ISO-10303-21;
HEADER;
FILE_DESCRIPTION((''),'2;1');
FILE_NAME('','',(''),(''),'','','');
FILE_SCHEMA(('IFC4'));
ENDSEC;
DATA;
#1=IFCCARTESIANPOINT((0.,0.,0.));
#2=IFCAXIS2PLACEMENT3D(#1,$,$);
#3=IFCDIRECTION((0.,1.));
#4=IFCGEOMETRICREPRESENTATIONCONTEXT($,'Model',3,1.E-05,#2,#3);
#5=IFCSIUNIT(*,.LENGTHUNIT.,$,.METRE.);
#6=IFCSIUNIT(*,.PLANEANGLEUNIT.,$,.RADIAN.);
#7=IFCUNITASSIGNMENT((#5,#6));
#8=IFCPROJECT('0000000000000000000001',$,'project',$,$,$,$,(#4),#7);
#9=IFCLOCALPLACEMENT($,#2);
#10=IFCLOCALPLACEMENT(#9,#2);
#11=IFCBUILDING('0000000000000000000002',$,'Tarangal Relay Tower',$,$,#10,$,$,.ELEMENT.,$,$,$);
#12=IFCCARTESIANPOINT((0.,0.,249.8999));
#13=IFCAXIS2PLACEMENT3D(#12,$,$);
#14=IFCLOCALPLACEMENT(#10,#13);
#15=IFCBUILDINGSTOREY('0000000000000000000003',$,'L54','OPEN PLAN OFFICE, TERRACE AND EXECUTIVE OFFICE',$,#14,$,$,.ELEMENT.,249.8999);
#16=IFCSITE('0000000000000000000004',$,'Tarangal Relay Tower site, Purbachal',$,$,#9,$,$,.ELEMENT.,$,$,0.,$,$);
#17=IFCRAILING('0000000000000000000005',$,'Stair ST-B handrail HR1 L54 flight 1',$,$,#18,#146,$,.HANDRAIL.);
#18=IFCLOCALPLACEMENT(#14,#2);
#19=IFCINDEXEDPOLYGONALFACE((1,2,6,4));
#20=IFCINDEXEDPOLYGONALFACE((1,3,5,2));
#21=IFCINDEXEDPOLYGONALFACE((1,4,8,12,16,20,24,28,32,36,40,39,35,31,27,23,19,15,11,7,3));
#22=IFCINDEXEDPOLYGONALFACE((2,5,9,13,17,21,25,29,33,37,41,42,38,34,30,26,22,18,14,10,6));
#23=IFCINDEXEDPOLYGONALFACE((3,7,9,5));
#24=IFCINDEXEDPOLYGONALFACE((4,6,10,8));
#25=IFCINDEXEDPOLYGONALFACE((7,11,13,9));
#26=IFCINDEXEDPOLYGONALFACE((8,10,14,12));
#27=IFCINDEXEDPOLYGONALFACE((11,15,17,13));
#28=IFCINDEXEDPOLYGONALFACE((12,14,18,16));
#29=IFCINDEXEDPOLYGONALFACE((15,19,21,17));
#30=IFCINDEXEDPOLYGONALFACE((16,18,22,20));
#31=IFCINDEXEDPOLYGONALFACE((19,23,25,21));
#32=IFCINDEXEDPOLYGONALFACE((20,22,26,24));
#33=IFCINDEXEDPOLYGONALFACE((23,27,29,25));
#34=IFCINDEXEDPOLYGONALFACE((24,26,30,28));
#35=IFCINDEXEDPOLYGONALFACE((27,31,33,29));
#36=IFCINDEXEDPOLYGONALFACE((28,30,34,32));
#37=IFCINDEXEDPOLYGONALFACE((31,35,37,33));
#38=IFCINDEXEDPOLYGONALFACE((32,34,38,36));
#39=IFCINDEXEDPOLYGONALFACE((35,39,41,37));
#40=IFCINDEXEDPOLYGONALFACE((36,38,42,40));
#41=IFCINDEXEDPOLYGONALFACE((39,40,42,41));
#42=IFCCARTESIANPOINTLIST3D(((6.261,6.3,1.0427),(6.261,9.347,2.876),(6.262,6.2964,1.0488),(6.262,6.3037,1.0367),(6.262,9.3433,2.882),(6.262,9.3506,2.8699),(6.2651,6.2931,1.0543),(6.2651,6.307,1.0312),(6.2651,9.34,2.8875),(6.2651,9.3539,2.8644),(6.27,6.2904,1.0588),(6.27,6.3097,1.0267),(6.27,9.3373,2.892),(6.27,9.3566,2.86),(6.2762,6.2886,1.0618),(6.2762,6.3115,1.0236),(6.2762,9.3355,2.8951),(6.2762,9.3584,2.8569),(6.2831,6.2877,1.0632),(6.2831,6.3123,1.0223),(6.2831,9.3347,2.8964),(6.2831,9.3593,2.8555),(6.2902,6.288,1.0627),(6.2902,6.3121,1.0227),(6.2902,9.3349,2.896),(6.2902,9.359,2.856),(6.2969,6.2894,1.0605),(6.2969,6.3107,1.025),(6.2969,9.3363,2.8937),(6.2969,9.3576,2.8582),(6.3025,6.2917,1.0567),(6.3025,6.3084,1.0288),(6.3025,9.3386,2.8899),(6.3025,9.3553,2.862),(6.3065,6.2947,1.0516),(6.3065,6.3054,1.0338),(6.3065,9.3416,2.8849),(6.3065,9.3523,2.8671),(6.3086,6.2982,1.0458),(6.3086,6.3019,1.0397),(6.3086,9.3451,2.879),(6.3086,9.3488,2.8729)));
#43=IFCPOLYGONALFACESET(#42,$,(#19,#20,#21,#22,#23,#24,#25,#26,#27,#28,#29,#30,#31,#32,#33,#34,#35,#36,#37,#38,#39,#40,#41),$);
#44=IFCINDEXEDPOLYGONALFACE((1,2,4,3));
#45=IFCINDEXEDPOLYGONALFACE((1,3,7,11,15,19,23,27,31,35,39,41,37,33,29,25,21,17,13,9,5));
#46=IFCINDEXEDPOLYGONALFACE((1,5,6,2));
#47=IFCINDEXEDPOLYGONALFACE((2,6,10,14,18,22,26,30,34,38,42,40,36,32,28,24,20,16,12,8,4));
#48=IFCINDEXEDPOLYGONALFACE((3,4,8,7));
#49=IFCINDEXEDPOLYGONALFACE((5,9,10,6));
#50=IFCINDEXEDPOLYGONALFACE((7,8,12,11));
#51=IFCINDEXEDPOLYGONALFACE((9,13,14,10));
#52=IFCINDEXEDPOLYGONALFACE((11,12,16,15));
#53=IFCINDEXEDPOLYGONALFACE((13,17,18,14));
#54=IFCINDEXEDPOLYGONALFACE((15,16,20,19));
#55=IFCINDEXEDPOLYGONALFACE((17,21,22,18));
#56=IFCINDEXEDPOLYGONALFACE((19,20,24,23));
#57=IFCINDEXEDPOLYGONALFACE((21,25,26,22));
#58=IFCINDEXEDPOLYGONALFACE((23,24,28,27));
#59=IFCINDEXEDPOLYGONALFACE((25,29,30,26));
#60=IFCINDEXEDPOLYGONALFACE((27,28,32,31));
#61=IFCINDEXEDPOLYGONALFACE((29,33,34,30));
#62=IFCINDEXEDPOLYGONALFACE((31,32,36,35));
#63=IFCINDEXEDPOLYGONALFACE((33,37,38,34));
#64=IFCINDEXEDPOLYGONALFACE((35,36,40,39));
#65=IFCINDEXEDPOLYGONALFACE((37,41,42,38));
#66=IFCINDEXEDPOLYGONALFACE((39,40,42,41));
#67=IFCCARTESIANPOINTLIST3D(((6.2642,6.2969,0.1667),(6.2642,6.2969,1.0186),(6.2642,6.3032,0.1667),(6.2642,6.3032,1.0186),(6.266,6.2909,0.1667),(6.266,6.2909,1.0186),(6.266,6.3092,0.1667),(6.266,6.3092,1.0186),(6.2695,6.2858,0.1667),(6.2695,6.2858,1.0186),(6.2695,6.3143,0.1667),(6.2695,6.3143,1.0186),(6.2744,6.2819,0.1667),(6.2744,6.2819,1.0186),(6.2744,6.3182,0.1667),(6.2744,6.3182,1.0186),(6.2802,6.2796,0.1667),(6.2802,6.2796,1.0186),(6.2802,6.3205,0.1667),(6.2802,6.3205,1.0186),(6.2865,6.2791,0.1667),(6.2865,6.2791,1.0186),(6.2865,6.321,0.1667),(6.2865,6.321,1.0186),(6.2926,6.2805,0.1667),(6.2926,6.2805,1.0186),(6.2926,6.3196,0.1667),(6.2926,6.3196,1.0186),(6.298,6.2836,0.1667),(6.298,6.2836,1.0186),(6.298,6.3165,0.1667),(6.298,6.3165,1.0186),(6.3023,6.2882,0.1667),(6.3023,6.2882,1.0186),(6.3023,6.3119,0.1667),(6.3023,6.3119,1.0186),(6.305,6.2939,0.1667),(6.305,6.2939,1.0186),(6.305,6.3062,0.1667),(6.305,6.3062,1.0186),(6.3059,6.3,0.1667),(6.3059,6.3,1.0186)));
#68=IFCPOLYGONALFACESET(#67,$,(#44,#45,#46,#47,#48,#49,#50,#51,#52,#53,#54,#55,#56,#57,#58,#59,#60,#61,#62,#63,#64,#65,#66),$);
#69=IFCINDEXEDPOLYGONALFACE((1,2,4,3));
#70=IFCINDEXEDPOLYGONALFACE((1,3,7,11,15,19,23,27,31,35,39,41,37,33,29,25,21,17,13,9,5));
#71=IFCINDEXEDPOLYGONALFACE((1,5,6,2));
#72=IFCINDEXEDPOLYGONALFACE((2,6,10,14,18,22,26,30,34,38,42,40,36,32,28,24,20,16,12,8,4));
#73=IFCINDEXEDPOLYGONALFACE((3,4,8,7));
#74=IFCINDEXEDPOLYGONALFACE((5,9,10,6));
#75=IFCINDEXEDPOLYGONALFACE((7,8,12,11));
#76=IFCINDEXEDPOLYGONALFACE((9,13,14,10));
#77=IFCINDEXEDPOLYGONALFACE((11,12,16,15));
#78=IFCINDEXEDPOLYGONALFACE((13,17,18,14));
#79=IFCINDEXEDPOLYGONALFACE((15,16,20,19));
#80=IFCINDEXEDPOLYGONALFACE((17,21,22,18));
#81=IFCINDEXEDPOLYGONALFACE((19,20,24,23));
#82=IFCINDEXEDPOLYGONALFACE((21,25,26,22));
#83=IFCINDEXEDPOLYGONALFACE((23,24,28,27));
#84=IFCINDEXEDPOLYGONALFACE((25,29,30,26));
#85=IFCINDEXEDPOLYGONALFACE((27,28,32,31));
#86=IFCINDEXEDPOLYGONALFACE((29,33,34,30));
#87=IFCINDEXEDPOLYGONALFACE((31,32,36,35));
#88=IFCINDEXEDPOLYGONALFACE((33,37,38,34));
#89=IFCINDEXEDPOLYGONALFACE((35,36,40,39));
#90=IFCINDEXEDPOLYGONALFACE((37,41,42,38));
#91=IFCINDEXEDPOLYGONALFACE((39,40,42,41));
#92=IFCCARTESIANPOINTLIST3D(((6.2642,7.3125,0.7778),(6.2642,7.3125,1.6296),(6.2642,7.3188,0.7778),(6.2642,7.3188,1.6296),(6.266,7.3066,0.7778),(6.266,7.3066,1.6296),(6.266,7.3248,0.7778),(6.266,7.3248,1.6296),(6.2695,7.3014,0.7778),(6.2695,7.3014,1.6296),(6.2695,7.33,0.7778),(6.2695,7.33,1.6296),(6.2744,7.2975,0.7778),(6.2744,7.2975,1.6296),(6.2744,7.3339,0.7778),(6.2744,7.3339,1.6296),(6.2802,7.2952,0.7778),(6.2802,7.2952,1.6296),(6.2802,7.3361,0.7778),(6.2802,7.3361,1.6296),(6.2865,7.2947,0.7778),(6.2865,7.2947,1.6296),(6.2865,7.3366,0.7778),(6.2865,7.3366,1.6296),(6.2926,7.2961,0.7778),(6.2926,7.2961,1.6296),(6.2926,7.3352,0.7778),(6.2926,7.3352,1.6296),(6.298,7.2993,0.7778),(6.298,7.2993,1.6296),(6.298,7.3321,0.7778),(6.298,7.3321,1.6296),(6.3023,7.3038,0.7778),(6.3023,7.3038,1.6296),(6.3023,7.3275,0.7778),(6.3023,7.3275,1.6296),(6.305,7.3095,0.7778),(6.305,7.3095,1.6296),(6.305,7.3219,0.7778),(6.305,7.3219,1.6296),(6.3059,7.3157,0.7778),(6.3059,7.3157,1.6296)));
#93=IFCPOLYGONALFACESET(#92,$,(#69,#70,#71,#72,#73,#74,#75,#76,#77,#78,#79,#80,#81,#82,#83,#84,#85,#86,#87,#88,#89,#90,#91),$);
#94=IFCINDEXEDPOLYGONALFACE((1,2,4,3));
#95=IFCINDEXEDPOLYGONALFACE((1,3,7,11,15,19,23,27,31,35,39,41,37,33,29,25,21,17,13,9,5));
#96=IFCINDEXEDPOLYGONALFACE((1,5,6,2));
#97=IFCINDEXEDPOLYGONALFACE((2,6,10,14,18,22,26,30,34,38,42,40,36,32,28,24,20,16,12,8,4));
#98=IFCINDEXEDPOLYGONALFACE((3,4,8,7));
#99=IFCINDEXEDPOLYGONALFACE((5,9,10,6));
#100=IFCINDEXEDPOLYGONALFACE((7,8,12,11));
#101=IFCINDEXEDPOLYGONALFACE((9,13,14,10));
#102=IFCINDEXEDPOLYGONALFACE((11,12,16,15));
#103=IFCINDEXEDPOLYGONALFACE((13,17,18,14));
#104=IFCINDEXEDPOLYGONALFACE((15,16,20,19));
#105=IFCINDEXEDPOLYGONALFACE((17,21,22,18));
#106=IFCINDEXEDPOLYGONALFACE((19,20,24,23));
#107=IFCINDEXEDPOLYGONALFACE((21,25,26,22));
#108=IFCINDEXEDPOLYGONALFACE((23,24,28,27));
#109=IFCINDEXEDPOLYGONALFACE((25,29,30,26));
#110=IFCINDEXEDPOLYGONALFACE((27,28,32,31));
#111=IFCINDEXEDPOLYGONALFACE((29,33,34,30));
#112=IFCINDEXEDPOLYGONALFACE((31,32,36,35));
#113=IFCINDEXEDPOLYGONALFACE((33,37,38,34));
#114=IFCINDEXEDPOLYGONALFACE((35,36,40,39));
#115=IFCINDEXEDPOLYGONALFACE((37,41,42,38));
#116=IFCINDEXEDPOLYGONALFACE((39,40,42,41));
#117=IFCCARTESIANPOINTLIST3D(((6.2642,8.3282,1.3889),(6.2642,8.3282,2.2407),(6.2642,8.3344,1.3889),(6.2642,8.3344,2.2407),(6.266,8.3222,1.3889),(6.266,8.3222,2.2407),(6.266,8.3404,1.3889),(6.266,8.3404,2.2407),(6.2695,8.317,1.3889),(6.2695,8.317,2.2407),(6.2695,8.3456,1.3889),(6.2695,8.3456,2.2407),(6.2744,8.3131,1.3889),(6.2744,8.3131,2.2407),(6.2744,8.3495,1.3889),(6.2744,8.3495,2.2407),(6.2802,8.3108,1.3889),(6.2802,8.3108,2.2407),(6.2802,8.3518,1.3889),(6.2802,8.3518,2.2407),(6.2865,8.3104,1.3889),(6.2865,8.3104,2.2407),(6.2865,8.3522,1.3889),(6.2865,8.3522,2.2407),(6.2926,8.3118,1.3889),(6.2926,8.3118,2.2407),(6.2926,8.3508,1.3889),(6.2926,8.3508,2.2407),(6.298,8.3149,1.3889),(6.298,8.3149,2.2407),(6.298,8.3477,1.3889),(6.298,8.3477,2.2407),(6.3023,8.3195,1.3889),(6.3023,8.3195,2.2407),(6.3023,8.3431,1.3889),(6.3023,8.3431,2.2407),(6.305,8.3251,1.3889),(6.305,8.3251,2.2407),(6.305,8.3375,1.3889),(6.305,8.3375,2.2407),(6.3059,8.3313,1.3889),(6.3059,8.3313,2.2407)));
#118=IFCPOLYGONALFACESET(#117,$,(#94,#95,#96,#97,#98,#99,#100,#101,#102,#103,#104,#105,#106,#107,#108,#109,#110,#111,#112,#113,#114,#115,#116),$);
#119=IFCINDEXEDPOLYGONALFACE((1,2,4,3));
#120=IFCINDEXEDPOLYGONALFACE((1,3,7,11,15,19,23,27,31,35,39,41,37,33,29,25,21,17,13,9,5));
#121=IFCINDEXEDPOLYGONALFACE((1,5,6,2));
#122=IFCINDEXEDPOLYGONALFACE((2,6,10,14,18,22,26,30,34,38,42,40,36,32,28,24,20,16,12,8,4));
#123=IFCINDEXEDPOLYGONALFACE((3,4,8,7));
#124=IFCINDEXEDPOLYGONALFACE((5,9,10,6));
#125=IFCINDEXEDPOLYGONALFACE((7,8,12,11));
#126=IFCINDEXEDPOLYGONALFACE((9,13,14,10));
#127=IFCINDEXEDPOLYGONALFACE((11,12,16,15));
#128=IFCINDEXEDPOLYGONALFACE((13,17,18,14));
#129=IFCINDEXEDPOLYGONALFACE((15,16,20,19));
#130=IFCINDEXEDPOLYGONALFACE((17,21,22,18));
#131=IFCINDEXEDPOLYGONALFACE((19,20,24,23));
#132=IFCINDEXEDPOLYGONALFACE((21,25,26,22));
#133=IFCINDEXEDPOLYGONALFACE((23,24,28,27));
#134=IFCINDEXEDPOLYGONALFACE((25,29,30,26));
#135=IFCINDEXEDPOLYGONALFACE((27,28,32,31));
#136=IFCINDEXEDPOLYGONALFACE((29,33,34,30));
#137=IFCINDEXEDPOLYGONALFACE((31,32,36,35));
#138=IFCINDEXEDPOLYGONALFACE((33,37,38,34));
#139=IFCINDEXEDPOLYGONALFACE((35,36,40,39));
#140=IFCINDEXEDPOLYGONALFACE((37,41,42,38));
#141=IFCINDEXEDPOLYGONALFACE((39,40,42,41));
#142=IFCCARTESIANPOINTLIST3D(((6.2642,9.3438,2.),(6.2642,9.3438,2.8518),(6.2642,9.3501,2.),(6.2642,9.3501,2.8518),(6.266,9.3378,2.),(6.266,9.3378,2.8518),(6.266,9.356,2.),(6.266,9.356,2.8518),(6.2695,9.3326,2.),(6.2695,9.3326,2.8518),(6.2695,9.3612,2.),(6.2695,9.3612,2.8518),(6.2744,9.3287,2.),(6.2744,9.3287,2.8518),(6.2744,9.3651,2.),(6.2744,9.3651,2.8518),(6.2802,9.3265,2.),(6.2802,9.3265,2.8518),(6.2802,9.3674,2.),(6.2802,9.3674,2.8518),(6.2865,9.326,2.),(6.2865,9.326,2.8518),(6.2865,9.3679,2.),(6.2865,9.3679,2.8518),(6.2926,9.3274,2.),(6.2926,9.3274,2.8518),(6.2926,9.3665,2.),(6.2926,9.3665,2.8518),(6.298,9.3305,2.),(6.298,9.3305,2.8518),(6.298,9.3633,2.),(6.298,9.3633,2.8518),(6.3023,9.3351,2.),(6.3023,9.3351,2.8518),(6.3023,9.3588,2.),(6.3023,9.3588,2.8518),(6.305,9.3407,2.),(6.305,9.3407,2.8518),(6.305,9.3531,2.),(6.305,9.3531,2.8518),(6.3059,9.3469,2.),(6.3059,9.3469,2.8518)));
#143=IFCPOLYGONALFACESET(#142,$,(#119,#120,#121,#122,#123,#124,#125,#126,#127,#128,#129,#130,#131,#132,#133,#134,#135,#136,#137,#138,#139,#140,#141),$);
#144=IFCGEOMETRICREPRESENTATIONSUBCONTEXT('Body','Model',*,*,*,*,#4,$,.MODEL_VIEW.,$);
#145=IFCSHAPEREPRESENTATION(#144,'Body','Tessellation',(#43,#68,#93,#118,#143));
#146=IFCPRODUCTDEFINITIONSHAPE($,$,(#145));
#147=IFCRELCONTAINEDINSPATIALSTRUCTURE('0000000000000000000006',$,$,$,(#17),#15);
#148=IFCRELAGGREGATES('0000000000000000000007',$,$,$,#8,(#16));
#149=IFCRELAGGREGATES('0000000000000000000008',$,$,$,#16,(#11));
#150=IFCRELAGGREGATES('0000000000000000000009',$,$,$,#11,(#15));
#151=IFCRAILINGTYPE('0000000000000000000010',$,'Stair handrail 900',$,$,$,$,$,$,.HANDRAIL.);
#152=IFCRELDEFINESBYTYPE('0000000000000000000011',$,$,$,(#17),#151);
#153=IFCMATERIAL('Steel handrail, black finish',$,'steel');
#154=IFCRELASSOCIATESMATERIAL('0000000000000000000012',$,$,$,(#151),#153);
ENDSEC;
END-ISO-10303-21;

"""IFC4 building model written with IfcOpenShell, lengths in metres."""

from ifc_helpers import new_model, si_unit, direction, frame, origin, origin_2d, place, context, subcontext, project, spatial, circle, extrude, material, type_object, element, save


model = new_model("IFC4")

# Units and contexts
model_context = context("Model", 3, precision=1e-05, world=origin(), true_north=direction((0.0, 1.0)))
body_context = subcontext(model_context, "Body", "Model", "MODEL_VIEW")
ifc_project = project(units=[si_unit("LENGTHUNIT", "METRE"), si_unit("PLANEANGLEUNIT", "RADIAN")], contexts=[model_context])

# Site, building, storey
site_placement = place(None, origin())
site = spatial("IfcSite", under=ifc_project, at=site_placement, Name="Tarangal Relay Tower site, Purbachal", CompositionType="ELEMENT", RefElevation=0.0)
building_placement = place(site_placement, origin())
building = spatial("IfcBuilding", under=site, at=building_placement, Name="Tarangal Relay Tower", CompositionType="ELEMENT")
storey_placement = place(building_placement, frame((0.0, 0.0, 249.8999)))
storey = spatial("IfcBuildingStorey", under=building, at=storey_placement, Name="L54", Description="OPEN PLAN OFFICE, TERRACE AND EXECUTIVE OFFICE", CompositionType="ELEMENT", Elevation=249.8999)

# Railing
ifc_material_1 = material(Name="Steel handrail, black finish", Category="steel")
railing_type_1 = type_object("IfcRailingType", Name="Stair handrail 900", PredefinedType="HANDRAIL", material=ifc_material_1)
railing_1_placement = place(storey_placement, frame((6.2849, 6.3, 0.1667)))
element("IfcRailing", 1, at=railing_1_placement, inside=storey, type_object=railing_type_1, Name="Stair ST-B handrail HR1 L54 flight 1", PredefinedType="HANDRAIL", context=body_context, shape_type="SweptSolid", body=[
    extrude(circle(Radius=0.0239, at=origin_2d()), frame((0.0, 0.0, 0.876), z_axis=(0.0, 0.856856, 0.515556), x_axis=(-1.0, 0.0, 0.0)), (0.0, 0.0, 1.0), 3.5559),
    extrude(circle(Radius=0.021, at=origin_2d()), origin(), (0.0, 0.0, 1.0), 0.8518),
    extrude(circle(Radius=0.021, at=origin_2d()), frame((0.0, 1.0156, 0.6111)), (0.0, 0.0, 1.0), 0.8518),
    extrude(circle(Radius=0.021, at=origin_2d()), frame((0.0, 2.0312, 1.2222)), (0.0, 0.0, 1.0), 0.8518),
    extrude(circle(Radius=0.021, at=origin_2d()), frame((0.0, 3.0469, 1.8333)), (0.0, 0.0, 1.0), 0.8518),
])

save(model, "model.ifc")
